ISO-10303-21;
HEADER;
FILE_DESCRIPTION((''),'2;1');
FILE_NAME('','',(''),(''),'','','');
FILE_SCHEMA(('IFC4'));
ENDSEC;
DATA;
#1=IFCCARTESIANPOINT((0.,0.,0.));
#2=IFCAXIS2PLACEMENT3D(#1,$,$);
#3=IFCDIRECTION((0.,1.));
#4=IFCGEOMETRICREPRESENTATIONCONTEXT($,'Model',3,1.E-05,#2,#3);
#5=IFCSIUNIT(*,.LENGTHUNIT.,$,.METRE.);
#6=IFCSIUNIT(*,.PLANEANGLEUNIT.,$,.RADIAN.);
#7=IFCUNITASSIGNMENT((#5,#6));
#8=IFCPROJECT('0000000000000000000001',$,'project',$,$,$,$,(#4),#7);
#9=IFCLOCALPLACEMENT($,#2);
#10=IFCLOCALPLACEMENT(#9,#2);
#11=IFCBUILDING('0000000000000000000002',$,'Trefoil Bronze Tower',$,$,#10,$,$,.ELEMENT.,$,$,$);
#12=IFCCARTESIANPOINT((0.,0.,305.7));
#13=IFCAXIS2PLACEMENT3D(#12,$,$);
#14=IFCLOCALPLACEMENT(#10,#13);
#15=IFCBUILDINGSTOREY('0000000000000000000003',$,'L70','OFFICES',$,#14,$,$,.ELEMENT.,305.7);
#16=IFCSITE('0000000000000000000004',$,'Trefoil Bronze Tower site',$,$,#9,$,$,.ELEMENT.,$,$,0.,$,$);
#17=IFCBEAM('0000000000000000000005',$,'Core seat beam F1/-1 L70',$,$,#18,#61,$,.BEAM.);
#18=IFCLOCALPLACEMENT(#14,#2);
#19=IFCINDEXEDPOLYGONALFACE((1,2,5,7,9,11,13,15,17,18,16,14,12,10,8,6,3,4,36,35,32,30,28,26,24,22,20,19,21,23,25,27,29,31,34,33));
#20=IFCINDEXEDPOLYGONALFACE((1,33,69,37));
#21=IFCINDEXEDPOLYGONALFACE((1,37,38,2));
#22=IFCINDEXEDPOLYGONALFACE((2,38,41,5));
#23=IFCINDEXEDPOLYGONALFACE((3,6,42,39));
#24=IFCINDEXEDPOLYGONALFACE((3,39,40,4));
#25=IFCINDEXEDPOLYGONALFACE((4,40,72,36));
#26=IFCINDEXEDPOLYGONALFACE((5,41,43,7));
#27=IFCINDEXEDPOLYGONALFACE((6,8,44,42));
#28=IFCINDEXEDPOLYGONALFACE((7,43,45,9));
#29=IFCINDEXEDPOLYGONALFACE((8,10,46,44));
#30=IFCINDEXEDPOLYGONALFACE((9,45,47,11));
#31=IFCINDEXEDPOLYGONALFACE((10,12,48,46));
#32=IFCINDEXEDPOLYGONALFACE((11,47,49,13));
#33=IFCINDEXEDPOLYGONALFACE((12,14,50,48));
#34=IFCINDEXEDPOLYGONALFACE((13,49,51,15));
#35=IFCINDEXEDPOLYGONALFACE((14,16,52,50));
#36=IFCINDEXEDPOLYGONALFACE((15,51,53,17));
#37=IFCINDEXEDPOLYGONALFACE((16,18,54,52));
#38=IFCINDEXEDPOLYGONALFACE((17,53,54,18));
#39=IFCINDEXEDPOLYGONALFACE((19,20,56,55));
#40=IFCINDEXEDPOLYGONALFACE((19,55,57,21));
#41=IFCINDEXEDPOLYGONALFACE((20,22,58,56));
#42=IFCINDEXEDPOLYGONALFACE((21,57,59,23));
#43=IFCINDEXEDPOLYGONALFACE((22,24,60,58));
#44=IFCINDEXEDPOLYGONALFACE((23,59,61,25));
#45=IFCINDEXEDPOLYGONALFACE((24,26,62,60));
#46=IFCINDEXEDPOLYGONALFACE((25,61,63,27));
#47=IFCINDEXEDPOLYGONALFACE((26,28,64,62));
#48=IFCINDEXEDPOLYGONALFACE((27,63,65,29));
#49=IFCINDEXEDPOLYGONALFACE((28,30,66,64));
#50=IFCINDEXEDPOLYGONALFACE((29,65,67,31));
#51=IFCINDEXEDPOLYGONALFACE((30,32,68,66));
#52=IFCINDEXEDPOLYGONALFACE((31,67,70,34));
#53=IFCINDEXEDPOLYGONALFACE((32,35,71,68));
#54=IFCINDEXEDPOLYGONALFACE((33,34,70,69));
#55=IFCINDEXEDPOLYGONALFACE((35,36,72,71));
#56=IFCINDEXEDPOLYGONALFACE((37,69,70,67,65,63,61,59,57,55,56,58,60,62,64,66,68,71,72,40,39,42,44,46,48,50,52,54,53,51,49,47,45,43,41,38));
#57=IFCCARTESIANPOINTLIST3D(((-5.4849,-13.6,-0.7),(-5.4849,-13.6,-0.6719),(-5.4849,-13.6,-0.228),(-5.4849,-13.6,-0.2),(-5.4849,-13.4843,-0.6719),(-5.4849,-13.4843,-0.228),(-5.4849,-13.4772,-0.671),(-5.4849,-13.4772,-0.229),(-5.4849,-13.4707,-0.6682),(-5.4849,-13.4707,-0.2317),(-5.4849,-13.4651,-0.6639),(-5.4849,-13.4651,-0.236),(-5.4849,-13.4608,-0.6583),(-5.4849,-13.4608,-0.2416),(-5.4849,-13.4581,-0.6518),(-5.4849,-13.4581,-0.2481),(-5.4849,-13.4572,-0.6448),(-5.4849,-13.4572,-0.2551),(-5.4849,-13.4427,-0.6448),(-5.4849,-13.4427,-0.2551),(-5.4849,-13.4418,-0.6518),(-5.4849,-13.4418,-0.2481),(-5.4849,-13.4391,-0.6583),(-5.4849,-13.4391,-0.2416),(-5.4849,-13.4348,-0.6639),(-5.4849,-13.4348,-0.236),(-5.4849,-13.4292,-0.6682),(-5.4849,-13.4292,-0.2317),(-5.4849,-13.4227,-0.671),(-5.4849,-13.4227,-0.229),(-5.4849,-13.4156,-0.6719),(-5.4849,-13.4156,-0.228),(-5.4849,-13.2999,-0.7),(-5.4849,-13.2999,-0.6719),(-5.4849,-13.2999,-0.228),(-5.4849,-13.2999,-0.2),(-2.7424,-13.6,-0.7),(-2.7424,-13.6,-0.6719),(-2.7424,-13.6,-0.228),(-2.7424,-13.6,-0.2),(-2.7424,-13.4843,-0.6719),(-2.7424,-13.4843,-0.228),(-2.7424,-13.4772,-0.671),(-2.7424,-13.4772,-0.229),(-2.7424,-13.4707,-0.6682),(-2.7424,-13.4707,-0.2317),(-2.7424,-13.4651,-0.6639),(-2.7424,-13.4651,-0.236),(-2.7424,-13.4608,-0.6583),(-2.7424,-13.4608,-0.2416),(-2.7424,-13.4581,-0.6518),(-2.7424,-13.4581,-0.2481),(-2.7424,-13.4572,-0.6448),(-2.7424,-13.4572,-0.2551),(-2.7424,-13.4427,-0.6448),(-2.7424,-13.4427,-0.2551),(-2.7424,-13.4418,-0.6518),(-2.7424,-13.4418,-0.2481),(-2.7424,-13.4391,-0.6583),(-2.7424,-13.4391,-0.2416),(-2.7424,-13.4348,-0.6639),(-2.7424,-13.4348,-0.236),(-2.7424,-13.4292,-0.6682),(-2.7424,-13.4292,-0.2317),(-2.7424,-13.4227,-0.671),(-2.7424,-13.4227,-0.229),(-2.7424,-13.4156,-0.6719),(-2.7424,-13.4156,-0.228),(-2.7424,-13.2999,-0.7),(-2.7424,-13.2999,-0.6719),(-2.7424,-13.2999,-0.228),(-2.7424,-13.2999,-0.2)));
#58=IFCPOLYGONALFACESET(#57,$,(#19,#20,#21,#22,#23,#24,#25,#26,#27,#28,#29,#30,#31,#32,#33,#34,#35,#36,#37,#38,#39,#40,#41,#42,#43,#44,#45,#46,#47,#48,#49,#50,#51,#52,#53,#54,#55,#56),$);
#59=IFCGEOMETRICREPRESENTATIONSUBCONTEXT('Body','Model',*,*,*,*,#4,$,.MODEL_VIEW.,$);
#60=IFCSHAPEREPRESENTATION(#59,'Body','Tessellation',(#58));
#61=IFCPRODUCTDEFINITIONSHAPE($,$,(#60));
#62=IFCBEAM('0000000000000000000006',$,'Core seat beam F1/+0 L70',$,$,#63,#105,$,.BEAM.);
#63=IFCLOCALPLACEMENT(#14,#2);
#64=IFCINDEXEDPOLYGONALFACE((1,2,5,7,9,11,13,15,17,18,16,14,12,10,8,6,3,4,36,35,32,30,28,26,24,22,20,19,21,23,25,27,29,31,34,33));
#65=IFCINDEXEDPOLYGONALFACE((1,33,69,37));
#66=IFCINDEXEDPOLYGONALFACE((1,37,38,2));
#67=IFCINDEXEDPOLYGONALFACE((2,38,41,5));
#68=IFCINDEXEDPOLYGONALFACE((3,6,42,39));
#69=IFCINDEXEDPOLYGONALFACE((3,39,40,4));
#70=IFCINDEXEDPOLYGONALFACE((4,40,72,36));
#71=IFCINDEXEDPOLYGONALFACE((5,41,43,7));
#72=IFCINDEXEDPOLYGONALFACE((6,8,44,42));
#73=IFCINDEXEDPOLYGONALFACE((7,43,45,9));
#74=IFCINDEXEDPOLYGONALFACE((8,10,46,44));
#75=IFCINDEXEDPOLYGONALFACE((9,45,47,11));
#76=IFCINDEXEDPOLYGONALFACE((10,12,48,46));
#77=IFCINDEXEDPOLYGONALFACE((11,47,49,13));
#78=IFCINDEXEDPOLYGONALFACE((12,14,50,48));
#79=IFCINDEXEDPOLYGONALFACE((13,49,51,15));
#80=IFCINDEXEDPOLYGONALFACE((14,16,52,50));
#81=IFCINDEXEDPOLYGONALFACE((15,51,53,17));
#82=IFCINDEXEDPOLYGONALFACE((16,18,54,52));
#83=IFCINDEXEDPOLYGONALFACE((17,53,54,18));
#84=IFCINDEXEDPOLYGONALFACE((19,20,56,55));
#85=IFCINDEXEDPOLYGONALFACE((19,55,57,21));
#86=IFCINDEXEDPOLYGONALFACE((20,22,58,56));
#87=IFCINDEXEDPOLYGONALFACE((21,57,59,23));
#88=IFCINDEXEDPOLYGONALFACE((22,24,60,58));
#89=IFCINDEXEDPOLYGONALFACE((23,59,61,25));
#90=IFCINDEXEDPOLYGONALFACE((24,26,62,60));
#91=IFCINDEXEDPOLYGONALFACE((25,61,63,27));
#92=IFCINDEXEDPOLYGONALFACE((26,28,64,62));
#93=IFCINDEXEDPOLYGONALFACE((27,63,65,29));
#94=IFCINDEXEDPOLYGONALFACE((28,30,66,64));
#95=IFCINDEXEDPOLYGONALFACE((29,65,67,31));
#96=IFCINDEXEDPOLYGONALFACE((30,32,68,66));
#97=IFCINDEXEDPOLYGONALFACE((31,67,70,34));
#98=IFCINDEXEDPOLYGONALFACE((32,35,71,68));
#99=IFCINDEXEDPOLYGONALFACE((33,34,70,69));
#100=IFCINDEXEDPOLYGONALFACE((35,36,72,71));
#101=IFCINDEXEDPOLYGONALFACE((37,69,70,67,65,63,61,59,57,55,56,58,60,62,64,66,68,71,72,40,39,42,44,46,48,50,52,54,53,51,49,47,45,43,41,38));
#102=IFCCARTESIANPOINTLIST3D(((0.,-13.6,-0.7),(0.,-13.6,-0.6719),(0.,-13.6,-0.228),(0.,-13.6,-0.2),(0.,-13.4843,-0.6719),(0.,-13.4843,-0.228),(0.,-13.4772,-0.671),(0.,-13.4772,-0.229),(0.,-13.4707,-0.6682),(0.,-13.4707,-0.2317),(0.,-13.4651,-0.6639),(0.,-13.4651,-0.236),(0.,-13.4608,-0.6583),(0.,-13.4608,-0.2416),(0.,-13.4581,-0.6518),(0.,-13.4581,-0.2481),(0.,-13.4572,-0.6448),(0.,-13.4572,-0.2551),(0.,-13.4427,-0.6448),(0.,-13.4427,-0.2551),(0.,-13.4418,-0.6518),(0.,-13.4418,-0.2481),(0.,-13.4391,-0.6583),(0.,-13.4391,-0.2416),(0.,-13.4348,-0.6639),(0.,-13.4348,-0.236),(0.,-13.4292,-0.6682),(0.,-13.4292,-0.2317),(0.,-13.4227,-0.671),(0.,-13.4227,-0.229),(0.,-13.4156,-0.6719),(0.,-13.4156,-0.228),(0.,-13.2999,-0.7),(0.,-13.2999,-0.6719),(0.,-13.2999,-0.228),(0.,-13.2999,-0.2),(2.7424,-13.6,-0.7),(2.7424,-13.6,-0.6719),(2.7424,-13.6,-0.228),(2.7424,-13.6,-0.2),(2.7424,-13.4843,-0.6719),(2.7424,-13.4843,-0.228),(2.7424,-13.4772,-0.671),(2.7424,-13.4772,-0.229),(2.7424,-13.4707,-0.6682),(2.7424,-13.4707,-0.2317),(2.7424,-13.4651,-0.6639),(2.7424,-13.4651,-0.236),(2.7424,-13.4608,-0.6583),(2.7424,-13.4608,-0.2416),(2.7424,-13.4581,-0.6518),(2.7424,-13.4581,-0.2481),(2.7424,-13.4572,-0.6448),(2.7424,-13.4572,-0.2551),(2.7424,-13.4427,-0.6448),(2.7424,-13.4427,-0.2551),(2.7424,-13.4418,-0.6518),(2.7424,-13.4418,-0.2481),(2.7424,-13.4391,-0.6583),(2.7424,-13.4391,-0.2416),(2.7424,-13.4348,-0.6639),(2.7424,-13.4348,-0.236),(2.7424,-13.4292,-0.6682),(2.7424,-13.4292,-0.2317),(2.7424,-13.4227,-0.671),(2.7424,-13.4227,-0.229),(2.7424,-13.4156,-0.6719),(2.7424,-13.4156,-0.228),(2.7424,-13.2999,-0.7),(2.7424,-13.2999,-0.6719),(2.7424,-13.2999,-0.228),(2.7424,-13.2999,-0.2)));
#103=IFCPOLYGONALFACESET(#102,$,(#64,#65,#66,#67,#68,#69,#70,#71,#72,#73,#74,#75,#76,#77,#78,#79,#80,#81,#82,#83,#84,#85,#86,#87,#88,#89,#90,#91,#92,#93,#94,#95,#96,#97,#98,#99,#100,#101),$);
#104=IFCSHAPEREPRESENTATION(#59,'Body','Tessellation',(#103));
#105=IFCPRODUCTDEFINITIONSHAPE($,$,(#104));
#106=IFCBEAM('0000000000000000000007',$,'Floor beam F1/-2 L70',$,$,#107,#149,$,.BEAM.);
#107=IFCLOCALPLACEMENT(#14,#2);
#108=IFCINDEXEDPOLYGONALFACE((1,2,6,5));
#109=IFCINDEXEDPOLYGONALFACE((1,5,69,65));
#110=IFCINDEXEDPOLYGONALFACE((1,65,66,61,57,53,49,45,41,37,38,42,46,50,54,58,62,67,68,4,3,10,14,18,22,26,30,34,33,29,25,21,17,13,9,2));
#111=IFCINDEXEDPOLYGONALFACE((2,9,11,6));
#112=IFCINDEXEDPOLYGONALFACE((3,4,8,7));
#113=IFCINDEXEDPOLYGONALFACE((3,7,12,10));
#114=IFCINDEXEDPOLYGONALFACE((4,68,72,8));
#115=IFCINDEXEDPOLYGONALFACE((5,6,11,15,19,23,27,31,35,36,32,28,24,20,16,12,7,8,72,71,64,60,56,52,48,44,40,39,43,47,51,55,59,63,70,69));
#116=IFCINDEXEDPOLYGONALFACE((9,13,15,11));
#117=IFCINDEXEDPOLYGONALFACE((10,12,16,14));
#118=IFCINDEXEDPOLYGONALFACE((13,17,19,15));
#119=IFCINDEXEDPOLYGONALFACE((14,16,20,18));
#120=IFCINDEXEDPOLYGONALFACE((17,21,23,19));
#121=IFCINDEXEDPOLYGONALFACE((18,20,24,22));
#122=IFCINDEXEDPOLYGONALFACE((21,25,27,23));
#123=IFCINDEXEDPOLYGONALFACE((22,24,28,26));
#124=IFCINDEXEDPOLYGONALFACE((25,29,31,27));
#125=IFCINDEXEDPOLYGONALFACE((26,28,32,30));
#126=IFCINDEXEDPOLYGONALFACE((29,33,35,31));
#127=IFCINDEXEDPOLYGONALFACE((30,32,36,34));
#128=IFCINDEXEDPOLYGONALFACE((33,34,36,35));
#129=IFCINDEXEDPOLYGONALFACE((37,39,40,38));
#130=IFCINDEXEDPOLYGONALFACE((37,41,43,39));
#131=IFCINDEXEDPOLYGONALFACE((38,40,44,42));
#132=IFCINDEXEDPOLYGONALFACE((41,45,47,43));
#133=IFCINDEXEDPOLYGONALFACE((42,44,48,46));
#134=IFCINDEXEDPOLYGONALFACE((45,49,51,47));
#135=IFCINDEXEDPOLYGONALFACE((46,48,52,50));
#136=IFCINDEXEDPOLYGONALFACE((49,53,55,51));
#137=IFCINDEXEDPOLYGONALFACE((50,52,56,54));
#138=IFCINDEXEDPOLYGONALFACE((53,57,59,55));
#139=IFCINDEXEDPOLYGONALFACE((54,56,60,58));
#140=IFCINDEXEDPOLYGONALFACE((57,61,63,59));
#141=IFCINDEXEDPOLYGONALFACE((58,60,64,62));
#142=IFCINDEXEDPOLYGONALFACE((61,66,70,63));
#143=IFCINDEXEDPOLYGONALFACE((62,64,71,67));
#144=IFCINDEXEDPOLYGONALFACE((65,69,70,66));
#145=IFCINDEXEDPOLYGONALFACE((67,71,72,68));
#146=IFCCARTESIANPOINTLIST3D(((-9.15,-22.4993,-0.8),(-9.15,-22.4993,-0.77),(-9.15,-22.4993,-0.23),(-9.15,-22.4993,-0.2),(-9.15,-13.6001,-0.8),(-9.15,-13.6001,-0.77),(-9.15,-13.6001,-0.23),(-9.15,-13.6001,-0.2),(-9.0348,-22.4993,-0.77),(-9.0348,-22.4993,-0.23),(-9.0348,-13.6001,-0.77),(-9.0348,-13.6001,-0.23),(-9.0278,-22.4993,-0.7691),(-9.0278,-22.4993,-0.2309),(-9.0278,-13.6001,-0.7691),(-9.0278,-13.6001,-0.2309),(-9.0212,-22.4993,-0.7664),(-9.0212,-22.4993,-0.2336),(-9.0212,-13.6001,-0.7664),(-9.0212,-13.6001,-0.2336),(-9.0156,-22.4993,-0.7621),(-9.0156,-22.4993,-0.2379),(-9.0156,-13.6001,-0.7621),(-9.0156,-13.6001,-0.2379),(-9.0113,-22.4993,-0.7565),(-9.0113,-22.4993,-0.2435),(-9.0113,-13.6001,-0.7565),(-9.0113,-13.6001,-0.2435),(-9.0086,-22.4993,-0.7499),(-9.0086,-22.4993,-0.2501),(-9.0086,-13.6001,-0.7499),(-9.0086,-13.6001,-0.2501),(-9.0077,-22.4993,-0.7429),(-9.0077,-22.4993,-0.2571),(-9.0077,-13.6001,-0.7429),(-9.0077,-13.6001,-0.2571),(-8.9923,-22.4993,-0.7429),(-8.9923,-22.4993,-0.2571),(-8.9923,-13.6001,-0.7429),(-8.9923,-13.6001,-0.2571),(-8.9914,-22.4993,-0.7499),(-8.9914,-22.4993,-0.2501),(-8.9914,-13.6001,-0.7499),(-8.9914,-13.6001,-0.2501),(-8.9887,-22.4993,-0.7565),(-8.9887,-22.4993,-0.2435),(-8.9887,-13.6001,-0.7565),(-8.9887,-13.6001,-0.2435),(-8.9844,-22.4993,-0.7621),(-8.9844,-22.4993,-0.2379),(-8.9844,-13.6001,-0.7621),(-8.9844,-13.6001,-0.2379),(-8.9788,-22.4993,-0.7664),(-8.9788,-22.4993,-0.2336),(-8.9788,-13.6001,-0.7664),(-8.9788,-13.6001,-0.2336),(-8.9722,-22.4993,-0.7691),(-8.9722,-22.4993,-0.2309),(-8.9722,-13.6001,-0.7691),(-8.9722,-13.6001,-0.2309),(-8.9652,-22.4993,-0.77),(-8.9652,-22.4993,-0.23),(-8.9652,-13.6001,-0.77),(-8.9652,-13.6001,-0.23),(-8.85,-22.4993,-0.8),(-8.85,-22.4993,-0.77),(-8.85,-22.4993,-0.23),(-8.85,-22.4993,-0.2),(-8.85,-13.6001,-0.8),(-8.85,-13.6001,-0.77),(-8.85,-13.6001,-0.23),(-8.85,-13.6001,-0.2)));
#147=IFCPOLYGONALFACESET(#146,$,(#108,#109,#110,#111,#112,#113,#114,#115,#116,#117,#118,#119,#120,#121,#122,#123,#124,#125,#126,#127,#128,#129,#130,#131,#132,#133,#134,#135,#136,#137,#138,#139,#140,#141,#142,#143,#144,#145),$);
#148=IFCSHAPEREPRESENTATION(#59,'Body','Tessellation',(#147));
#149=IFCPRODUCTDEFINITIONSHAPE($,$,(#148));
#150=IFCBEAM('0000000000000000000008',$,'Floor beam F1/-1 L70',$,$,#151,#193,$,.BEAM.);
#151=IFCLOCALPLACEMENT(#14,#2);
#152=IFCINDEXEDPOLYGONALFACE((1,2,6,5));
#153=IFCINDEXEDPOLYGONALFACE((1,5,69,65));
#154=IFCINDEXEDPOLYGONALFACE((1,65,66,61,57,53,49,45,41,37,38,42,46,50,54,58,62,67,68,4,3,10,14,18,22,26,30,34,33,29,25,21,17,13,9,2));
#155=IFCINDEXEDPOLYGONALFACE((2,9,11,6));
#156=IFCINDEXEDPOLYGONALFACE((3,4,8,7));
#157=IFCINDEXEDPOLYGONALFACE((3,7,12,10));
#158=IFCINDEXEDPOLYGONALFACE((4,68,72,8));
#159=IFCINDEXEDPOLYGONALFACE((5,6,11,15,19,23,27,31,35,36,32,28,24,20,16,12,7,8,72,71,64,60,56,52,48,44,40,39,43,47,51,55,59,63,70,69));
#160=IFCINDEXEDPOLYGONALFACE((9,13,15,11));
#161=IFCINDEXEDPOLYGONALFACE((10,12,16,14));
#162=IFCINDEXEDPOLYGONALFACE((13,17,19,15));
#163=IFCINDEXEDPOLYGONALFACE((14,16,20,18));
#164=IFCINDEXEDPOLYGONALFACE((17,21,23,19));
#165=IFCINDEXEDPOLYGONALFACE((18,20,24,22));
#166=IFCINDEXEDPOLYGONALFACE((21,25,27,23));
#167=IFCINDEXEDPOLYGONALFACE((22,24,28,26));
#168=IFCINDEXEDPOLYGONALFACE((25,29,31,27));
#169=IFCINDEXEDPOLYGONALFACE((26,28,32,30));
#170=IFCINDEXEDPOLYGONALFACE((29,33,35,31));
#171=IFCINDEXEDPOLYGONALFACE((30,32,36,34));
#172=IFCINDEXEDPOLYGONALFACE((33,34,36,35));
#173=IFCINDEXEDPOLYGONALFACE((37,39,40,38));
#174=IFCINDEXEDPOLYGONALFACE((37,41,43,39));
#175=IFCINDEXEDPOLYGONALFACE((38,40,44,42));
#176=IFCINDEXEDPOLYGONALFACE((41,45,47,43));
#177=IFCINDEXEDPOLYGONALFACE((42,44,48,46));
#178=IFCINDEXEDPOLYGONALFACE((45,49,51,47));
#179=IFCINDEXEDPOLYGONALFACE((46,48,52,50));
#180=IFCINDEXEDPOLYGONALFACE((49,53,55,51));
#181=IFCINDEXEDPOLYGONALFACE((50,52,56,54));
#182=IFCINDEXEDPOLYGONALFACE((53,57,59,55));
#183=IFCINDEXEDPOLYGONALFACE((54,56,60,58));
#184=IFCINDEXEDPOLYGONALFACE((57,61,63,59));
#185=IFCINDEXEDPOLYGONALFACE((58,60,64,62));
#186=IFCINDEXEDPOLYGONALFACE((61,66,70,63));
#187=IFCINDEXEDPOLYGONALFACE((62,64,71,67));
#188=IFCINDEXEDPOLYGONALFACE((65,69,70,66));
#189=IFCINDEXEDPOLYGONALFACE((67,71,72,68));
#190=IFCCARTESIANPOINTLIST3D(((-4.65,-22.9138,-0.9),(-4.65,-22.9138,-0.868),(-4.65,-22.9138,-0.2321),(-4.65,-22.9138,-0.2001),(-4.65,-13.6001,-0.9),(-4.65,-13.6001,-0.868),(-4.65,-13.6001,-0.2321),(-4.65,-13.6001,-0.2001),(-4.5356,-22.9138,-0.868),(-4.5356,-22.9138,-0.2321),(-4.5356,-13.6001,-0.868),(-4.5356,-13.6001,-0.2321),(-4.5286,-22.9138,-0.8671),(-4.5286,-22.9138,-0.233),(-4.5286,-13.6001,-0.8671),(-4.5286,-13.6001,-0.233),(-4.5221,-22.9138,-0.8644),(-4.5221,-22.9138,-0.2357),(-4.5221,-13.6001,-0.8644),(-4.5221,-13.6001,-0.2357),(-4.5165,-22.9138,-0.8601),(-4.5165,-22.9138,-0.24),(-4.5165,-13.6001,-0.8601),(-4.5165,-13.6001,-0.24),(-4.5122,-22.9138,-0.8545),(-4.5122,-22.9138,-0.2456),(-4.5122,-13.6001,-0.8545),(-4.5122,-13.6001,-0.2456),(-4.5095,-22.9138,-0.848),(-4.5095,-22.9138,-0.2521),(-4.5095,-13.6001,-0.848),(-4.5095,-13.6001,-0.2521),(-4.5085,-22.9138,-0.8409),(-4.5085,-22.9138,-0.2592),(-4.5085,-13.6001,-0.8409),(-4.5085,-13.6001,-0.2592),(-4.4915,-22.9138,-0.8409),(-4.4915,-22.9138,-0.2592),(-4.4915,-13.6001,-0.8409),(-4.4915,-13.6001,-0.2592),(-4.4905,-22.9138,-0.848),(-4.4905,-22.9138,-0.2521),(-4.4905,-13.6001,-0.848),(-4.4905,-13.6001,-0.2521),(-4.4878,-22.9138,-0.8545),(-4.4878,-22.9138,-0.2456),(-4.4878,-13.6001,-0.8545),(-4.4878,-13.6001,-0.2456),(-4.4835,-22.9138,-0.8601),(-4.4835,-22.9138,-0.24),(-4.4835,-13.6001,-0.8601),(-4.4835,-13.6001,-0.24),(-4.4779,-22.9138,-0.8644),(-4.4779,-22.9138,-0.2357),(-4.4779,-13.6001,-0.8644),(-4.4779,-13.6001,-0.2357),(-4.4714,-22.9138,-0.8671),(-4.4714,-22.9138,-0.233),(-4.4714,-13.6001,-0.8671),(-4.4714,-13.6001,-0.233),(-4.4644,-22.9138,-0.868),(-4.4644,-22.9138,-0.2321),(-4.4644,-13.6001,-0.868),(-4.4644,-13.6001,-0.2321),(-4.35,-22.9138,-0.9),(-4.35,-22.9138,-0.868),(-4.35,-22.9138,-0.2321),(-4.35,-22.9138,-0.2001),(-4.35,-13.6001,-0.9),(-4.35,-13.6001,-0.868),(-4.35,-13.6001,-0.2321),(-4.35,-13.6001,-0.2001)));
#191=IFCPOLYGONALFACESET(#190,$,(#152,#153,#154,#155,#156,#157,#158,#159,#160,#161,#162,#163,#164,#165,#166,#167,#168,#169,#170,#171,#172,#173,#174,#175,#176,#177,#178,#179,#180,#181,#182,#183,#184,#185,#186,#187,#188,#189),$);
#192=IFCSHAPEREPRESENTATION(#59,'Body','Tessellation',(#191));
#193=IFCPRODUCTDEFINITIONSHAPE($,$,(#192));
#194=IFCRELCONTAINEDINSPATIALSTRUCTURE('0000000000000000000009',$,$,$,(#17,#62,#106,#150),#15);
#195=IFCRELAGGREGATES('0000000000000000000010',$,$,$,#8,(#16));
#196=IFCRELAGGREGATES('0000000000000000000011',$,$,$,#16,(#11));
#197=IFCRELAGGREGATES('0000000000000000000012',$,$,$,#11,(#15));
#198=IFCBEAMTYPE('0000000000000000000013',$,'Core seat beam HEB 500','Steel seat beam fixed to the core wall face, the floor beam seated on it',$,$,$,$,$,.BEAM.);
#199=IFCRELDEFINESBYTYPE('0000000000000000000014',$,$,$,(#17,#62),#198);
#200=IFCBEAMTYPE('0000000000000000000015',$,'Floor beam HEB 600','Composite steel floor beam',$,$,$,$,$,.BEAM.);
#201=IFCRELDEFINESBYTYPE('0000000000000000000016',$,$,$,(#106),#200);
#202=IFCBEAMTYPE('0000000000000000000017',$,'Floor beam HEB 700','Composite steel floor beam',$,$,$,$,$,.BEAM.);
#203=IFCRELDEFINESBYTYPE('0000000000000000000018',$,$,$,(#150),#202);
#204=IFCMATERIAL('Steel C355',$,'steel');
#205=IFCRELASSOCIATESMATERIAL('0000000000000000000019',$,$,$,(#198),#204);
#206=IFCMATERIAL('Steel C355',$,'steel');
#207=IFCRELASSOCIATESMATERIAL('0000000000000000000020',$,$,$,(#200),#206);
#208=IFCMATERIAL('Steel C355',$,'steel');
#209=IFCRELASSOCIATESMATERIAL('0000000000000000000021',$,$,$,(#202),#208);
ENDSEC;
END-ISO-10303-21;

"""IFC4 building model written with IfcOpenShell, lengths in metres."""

from ifc_helpers import new_model, si_unit, direction, frame, origin, origin_2d, place, context, subcontext, project, spatial, i_section, extrude, material, material_profile, profile_set, type_object, element, save


model = new_model("IFC4")

# Units and contexts
model_context = context("Model", 3, precision=1e-05, world=origin(), true_north=direction((0.0, 1.0)))
body_context = subcontext(model_context, "Body", "Model", "MODEL_VIEW")
ifc_project = project(units=[si_unit("LENGTHUNIT", "METRE"), si_unit("PLANEANGLEUNIT", "RADIAN")], contexts=[model_context])

# Site, building, storey
site_placement = place(None, origin())
site = spatial("IfcSite", under=ifc_project, at=site_placement, Name="Trefoil Bronze Tower site", CompositionType="ELEMENT", RefElevation=0.0)
building_placement = place(site_placement, origin())
building = spatial("IfcBuilding", under=site, at=building_placement, Name="Trefoil Bronze Tower", CompositionType="ELEMENT")
storey_placement = place(building_placement, frame((0.0, 0.0, 305.7)))
storey = spatial("IfcBuildingStorey", under=building, at=storey_placement, Name="L70", Description="OFFICES", CompositionType="ELEMENT", Elevation=305.7)

# Beams
ifc_material_1 = material(Name="Steel C355", Category="steel")
ifc_material_profile_1 = material_profile(ifc_material_1, i_section(OverallWidth=0.3, OverallDepth=0.5, WebThickness=0.0144, FlangeThickness=0.0281, FilletRadius=0.0271, at=origin_2d()), Name="HEB 500")
ifc_profile_set_1 = profile_set([ifc_material_profile_1], Name="Steel C355")
beam_type_1 = type_object("IfcBeamType", Name="Core seat beam HEB 500", Description="Steel seat beam fixed to the core wall face, the floor beam seated on it", PredefinedType="BEAM", material=ifc_profile_set_1)
for number, where, z_axis, x_axis, name in (
    (1, (-5.4849, -13.45, -0.45), (1.0, 0.0, 0.0), (0.0, 1.0, 0.0), "Core seat beam F1/-1 L70"),
    (2, (0.0, -13.45, -0.45), (1.0, 0.0, 0.0), (0.0, 1.0, 0.0), "Core seat beam F1/+0 L70"),
):
    element("IfcBeam", number, at=place(storey_placement, frame(where, z_axis=z_axis, x_axis=x_axis)), inside=storey, type_object=beam_type_1, Name=name, PredefinedType="BEAM", context=body_context, shape_type="SweptSolid", body=[
        extrude(i_section(OverallWidth=0.3, OverallDepth=0.5, WebThickness=0.0144, FlangeThickness=0.0281, FilletRadius=0.0271, at=origin_2d()), origin(), (0.0, 0.0, 1.0), 2.7424),
    ])
ifc_material_2 = material(Name="Steel C355", Category="steel")
ifc_material_profile_2 = material_profile(ifc_material_2, i_section(OverallWidth=0.3, OverallDepth=0.6001, WebThickness=0.0154, FlangeThickness=0.03, FilletRadius=0.0271, at=origin_2d()), Name="HEB 600")
ifc_profile_set_2 = profile_set([ifc_material_profile_2], Name="Steel C355")
beam_type_2 = type_object("IfcBeamType", Name="Floor beam HEB 600", Description="Composite steel floor beam", PredefinedType="BEAM", material=ifc_profile_set_2)
beam_1_placement = place(storey_placement, frame((-9.0, -22.4993, -0.5), z_axis=(0.0, 1.0, 0.0), x_axis=(-1.0, 0.0, 0.0)))
element("IfcBeam", 3, at=beam_1_placement, inside=storey, type_object=beam_type_2, Name="Floor beam F1/-2 L70", PredefinedType="BEAM", context=body_context, shape_type="SweptSolid", body=[
    extrude(i_section(OverallWidth=0.3, OverallDepth=0.6001, WebThickness=0.0154, FlangeThickness=0.03, FilletRadius=0.0271, at=origin_2d()), origin(), (0.0, 0.0, 1.0), 8.8992),
])
ifc_material_3 = material(Name="Steel C355", Category="steel")
ifc_material_profile_3 = material_profile(ifc_material_3, i_section(OverallWidth=0.3, OverallDepth=0.7, WebThickness=0.0171, FlangeThickness=0.032, FilletRadius=0.0271, at=origin_2d()), Name="HEB 700")
ifc_profile_set_3 = profile_set([ifc_material_profile_3], Name="Steel C355")
beam_type_3 = type_object("IfcBeamType", Name="Floor beam HEB 700", Description="Composite steel floor beam", PredefinedType="BEAM", material=ifc_profile_set_3)
beam_2_placement = place(storey_placement, frame((-4.5, -22.9138, -0.55), z_axis=(0.0, 1.0, 0.0), x_axis=(-1.0, 0.0, 0.0)))
element("IfcBeam", 4, at=beam_2_placement, inside=storey, type_object=beam_type_3, Name="Floor beam F1/-1 L70", PredefinedType="BEAM", context=body_context, shape_type="SweptSolid", body=[
    extrude(i_section(OverallWidth=0.3, OverallDepth=0.7, WebThickness=0.0171, FlangeThickness=0.032, FilletRadius=0.0271, at=origin_2d()), origin(), (0.0, 0.0, 1.0), 9.3137),
])

save(model, "model.ifc")
